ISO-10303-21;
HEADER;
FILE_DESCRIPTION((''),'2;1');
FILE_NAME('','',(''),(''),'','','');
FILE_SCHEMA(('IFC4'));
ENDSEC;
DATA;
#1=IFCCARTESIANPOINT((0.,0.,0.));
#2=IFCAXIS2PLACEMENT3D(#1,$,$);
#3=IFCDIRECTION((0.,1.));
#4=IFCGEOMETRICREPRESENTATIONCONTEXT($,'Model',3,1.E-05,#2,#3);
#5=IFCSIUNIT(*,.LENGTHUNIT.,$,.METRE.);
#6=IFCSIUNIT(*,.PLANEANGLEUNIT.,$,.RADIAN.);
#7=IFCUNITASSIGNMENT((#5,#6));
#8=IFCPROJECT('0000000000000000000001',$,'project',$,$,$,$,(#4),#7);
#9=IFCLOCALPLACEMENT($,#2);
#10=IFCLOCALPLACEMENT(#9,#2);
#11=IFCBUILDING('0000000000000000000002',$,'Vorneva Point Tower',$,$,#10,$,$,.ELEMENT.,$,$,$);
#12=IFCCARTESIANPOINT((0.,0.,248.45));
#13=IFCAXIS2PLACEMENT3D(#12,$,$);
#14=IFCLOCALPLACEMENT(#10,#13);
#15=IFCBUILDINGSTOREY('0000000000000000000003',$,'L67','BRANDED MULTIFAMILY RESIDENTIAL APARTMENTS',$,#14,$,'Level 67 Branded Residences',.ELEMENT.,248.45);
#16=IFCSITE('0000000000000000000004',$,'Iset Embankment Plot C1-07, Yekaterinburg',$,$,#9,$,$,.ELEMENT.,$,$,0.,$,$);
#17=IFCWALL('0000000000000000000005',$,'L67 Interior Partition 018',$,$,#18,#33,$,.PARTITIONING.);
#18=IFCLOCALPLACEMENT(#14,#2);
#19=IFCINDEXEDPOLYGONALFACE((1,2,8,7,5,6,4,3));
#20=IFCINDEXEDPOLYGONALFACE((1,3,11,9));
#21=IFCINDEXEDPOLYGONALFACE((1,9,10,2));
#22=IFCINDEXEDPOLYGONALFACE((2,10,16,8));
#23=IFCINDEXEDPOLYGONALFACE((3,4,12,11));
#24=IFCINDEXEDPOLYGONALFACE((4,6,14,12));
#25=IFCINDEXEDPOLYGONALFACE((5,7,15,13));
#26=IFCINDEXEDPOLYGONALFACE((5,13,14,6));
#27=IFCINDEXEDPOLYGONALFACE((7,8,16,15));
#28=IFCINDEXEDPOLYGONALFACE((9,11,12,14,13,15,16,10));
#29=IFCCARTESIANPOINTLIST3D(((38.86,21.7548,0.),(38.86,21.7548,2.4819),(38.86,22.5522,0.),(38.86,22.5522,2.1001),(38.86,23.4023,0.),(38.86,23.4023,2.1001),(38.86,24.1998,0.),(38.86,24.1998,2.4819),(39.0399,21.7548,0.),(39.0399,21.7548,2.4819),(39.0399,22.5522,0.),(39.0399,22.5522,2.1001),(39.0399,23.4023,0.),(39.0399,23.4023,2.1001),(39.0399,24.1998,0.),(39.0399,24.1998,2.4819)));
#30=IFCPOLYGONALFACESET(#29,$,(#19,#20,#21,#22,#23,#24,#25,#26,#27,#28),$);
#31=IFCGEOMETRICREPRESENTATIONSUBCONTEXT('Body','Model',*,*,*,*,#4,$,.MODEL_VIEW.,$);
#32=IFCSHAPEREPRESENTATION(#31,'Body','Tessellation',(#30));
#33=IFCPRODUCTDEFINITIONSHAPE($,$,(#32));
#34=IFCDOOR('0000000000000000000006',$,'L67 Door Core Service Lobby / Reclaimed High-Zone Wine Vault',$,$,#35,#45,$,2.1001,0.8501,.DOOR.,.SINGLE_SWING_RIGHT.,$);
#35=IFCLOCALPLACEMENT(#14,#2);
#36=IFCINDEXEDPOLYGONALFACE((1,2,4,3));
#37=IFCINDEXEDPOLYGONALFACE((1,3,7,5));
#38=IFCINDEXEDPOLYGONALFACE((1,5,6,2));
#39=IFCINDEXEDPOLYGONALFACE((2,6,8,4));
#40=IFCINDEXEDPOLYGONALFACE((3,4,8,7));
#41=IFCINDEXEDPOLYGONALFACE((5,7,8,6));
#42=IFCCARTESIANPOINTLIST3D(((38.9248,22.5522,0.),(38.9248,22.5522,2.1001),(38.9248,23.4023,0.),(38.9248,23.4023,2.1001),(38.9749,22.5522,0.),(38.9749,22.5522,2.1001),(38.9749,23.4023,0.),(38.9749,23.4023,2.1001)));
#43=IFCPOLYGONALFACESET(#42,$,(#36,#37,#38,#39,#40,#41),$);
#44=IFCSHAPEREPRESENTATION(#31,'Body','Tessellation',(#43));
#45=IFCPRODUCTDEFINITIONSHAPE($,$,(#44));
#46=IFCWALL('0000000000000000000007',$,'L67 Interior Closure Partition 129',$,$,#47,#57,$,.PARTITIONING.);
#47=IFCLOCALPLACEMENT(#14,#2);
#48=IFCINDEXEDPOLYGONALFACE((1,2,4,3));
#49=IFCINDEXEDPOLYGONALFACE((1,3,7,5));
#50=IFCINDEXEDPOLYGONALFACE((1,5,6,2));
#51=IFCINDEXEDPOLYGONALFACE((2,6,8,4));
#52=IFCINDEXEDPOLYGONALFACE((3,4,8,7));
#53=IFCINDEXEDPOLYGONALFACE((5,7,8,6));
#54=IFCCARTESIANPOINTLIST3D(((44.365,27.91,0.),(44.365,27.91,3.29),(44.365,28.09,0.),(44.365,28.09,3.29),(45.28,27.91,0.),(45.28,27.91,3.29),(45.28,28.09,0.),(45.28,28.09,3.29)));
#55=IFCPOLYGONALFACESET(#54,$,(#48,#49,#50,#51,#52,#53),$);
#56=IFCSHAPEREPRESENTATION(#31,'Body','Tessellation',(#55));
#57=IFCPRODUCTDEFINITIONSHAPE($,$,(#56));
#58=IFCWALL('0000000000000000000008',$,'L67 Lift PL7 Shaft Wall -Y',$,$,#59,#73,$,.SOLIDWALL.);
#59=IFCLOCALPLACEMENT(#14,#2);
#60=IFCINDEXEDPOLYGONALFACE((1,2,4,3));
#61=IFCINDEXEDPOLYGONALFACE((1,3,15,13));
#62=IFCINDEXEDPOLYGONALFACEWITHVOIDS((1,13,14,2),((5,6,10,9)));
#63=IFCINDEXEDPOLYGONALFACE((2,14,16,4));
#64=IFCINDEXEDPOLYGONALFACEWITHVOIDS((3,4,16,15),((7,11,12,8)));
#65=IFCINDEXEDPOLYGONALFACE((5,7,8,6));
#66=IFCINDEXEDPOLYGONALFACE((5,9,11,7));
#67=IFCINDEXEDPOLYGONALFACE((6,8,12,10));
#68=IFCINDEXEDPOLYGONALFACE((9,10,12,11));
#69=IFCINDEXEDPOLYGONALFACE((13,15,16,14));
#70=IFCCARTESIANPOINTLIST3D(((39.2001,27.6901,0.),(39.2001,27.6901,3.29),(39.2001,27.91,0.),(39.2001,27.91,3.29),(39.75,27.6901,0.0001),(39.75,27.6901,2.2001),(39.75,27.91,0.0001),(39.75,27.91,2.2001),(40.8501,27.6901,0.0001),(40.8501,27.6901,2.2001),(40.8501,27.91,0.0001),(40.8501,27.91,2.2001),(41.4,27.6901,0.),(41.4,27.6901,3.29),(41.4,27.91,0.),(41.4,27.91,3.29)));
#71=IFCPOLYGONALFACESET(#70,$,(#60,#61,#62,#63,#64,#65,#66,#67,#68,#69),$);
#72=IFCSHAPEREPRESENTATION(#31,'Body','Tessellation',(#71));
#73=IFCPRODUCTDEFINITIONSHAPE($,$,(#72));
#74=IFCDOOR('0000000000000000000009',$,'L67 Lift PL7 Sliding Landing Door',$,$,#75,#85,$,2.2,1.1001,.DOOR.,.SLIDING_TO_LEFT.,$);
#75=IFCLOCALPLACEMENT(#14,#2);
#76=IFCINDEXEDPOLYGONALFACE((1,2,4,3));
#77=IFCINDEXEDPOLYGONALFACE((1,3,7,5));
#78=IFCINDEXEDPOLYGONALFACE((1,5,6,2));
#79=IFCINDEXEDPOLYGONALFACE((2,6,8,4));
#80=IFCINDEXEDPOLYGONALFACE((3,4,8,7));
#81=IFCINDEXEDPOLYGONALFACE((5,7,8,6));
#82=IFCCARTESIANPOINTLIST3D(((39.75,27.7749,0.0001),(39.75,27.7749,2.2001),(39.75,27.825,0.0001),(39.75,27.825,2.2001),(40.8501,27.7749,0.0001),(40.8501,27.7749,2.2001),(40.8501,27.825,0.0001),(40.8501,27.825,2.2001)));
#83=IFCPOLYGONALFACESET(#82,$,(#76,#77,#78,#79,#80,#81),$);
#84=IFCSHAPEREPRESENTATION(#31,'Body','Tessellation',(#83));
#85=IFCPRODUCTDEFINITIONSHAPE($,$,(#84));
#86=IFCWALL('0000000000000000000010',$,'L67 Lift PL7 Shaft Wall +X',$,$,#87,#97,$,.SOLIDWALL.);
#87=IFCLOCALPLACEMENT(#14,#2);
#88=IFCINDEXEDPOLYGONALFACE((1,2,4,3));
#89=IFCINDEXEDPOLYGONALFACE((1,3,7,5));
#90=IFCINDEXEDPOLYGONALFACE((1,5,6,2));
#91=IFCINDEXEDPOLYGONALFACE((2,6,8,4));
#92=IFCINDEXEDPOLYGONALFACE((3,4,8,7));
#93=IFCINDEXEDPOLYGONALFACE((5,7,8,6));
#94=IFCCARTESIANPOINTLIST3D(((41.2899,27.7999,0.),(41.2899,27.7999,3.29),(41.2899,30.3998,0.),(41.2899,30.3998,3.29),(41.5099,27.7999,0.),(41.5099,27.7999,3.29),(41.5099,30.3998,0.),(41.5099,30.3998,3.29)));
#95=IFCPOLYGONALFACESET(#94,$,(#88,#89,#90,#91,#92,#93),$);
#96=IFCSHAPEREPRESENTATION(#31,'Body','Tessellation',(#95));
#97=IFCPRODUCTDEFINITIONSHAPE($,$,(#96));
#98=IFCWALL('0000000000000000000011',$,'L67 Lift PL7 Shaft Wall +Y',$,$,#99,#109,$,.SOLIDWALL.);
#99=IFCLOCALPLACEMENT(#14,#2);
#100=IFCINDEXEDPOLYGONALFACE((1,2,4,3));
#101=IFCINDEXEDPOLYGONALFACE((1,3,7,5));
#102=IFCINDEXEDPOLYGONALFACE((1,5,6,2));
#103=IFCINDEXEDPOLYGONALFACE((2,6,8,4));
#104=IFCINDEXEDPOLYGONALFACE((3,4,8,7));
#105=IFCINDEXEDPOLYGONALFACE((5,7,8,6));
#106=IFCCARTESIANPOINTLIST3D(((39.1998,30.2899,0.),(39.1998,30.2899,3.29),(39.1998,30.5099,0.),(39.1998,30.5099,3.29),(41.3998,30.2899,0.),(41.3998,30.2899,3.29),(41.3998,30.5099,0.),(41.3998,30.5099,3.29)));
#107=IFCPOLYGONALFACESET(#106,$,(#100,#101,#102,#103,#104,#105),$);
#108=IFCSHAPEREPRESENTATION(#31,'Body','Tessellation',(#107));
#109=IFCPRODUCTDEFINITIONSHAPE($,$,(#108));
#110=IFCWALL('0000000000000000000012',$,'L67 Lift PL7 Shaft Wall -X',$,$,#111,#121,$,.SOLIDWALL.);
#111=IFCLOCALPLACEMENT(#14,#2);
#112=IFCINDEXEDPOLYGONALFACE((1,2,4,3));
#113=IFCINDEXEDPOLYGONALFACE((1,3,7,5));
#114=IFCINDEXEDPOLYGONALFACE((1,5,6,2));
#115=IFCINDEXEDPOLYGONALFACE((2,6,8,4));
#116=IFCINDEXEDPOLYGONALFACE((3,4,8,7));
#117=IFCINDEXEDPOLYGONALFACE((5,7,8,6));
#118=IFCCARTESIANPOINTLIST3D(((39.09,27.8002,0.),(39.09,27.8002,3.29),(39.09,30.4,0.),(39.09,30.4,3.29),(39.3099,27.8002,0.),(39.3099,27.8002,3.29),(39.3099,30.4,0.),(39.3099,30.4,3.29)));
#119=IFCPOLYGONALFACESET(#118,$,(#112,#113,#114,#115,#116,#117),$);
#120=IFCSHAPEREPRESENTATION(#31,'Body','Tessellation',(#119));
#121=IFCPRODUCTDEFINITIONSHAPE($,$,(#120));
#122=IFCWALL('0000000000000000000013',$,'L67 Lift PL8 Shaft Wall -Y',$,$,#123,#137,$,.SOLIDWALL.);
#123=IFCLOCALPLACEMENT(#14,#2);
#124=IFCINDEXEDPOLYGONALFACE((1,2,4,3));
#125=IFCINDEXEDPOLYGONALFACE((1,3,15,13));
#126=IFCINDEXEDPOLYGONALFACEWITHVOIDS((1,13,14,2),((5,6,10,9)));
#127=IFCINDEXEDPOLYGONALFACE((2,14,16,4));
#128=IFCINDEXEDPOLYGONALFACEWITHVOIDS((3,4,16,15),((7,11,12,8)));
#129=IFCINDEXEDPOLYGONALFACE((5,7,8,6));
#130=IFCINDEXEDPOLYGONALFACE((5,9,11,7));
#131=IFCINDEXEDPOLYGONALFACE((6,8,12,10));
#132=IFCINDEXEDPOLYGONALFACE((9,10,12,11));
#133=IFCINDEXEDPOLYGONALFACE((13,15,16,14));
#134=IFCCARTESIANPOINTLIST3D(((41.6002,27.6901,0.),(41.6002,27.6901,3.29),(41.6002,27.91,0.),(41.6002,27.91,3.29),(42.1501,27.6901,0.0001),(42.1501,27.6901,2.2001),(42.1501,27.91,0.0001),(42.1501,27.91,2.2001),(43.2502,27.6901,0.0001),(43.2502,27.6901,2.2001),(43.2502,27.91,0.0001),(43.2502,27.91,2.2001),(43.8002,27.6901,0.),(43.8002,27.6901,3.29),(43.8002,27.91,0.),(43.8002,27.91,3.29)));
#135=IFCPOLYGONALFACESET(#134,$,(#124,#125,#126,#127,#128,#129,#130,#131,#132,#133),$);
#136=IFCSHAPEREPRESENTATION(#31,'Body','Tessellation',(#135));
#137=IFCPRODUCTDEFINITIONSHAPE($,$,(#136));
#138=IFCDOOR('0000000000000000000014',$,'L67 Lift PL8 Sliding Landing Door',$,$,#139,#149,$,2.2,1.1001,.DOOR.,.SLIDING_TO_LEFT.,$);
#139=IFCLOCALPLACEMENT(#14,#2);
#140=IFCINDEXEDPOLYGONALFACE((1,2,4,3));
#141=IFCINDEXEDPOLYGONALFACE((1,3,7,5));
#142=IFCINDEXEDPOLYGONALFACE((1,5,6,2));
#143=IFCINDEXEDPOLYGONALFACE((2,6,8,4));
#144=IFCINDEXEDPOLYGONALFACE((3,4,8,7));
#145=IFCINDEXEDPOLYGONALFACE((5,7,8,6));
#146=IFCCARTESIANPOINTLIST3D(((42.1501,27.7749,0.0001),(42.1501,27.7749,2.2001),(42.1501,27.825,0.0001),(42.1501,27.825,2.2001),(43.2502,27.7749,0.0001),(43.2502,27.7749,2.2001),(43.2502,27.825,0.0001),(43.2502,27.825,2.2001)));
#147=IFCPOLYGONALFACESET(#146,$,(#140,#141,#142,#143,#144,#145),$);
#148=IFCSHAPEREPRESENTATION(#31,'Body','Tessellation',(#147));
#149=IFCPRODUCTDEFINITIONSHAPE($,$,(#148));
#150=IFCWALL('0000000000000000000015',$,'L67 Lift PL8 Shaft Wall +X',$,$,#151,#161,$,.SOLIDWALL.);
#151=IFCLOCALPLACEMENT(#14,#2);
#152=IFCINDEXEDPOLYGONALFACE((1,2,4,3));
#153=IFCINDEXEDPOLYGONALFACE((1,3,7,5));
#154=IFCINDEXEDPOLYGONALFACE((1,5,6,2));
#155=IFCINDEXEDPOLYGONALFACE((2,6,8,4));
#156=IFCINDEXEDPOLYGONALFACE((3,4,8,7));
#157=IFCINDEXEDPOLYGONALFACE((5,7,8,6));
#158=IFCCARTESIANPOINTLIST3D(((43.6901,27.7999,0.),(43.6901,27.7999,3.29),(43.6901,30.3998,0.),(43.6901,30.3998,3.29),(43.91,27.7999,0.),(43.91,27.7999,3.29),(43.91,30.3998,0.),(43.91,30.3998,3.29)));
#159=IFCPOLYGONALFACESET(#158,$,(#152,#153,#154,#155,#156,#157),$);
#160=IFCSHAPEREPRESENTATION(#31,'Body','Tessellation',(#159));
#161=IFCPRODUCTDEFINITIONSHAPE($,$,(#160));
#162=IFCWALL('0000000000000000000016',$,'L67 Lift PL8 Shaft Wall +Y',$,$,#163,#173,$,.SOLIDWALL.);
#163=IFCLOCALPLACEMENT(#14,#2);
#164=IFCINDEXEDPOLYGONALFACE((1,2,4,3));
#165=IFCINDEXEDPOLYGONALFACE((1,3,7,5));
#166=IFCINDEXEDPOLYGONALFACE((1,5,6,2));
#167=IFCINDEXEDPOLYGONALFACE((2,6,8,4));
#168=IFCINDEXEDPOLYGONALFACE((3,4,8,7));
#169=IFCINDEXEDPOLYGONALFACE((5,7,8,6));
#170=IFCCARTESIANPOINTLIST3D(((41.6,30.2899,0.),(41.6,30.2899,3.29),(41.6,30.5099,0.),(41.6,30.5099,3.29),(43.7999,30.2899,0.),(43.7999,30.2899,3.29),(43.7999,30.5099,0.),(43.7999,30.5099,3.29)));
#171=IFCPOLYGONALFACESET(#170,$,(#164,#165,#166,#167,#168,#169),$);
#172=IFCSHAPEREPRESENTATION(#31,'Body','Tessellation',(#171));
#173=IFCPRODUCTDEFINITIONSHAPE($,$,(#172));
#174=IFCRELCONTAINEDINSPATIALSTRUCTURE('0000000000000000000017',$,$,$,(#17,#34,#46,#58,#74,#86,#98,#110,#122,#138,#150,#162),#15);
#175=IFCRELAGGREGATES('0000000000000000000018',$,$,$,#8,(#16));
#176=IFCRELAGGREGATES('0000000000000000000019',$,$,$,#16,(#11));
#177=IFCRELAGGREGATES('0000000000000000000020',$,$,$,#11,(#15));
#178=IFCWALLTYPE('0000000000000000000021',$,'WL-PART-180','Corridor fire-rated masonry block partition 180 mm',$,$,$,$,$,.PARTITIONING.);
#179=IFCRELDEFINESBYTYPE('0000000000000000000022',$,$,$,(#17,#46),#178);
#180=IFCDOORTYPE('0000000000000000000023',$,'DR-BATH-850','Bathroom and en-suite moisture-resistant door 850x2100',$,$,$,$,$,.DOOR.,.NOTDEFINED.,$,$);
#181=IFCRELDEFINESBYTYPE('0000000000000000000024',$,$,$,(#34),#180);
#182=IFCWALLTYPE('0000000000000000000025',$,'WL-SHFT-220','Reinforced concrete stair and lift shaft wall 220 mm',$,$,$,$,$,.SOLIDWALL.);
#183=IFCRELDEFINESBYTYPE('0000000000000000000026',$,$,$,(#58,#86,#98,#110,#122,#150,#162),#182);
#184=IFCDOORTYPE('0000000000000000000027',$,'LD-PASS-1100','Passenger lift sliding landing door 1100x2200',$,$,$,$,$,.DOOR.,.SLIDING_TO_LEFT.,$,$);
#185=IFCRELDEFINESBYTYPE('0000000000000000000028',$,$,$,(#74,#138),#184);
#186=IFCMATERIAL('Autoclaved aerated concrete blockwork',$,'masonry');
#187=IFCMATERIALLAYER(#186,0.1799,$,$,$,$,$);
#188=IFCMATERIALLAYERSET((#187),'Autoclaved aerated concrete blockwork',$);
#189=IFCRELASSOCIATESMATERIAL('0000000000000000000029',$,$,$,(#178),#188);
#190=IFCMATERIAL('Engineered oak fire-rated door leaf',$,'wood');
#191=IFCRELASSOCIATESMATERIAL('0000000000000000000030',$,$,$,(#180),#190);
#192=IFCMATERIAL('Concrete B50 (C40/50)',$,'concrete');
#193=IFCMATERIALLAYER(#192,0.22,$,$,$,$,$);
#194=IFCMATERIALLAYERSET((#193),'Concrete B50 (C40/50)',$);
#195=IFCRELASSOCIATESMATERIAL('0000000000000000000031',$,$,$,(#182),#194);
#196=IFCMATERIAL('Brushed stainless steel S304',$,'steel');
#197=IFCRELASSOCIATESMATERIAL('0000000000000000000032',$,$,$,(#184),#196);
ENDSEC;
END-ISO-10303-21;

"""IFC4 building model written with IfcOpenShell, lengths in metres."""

from ifc_helpers import new_model, si_unit, direction, frame, frame_2d, origin, place, context, subcontext, project, spatial, rectangle, extrude, material, layer, layer_set, type_object, element, fill, save


model = new_model("IFC4")

# Units and contexts
model_context = context("Model", 3, precision=1e-05, world=origin(), true_north=direction((0.0, 1.0)))
body_context = subcontext(model_context, "Body", "Model", "MODEL_VIEW")
ifc_project = project(units=[si_unit("LENGTHUNIT", "METRE"), si_unit("PLANEANGLEUNIT", "RADIAN")], contexts=[model_context])

# Site, building, storey
site_placement = place(None, origin())
site = spatial("IfcSite", under=ifc_project, at=site_placement, Name="Iset Embankment Plot C1-07, Yekaterinburg", CompositionType="ELEMENT", RefElevation=0.0)
building_placement = place(site_placement, origin())
building = spatial("IfcBuilding", under=site, at=building_placement, Name="Vorneva Point Tower", CompositionType="ELEMENT")
storey_placement = place(building_placement, frame((0.0, 0.0, 248.45)))
storey = spatial("IfcBuildingStorey", under=building, at=storey_placement, Name="L67", Description="BRANDED MULTIFAMILY RESIDENTIAL APARTMENTS", LongName="Level 67 Branded Residences", CompositionType="ELEMENT", Elevation=248.45)

# Shared definitions
ifc_material_1 = material(Name="Concrete B50 (C40/50)", Category="concrete")

# Shared definitions
ifc_material_2 = material(Name="Brushed stainless steel S304", Category="steel")

# Wall, opening, door
ifc_material_3 = material(Name="Autoclaved aerated concrete blockwork", Category="masonry")
ifc_layer_1 = layer(ifc_material_3, 0.1799)
ifc_layer_set_1 = layer_set([ifc_layer_1], Name="Autoclaved aerated concrete blockwork")
wall_type_1 = type_object("IfcWallType", Name="WL-PART-180", Description="Corridor fire-rated masonry block partition 180 mm", PredefinedType="PARTITIONING", material=ifc_layer_set_1)
ifc_material_4 = material(Name="Engineered oak fire-rated door leaf", Category="wood")
door_type_1 = type_object("IfcDoorType", Name="DR-BATH-850", Description="Bathroom and en-suite moisture-resistant door 850x2100", OperationType="NOTDEFINED", PredefinedType="DOOR", material=ifc_material_4)
wall_1_placement = place(storey_placement, frame((38.95, 24.2, 0.0), z_axis=(0.0, 0.0, 1.0), x_axis=(0.0, -1.0, 0.0)))
wall_1 = element("IfcWall", 1, at=wall_1_placement, inside=storey, type_object=wall_type_1, Name="L67 Interior Partition 018", PredefinedType="PARTITIONING", context=body_context, shape_type="SweptSolid", body=[
    extrude(rectangle(XDim=2.4451, YDim=0.1799, at=frame_2d((1.2227, 0.0))), origin(), (0.0, 0.0, 1.0), 2.4819),
])
opening_1_placement = place(wall_1_placement, frame((0.7976, 0.0, 0.0)))
opening_1 = element("IfcOpeningElement", 2, at=opening_1_placement, cuts=wall_1, PredefinedType="OPENING", context=body_context, shape_type="SweptSolid", body=[
    extrude(rectangle(XDim=0.8501, YDim=2.1001, at=frame_2d((0.425, 1.05))), frame((0.0, 0.105, 0.0), z_axis=(0.0, -1.0, 0.0), x_axis=(1.0, 0.0, 0.0)), (0.0, 0.0, 1.0), 0.2097),
])
door_1_placement = place(opening_1_placement, origin())
door_1 = element("IfcDoor", 3, at=door_1_placement, inside=storey, type_object=door_type_1, Name="L67 Door Core Service Lobby / Reclaimed High-Zone Wine Vault", OperationType="SINGLE_SWING_RIGHT", OverallHeight=2.1001, OverallWidth=0.8501, PredefinedType="DOOR", context=body_context, shape_type="SweptSolid", body=[
    extrude(rectangle(XDim=0.8501, YDim=2.1001, at=frame_2d((0.425, 1.05))), frame((0.0, 0.0249, 0.0), z_axis=(0.0, -1.0, 0.0), x_axis=(1.0, 0.0, 0.0)), (0.0, 0.0, 1.0), 0.05),
])
fill(opening_1, door_1)

# Wall
wall_2_placement = place(storey_placement, frame((45.28, 28.0, 0.0), z_axis=(0.0, 0.0, 1.0), x_axis=(-1.0, 0.0, 0.0)))
element("IfcWall", 4, at=wall_2_placement, inside=storey, type_object=wall_type_1, Name="L67 Interior Closure Partition 129", PredefinedType="PARTITIONING", context=body_context, shape_type="SweptSolid", body=[
    extrude(rectangle(XDim=0.915, YDim=0.1799, at=frame_2d((0.4575, 0.0))), origin(), (0.0, 0.0, 1.0), 3.29),
])

# Wall, opening, door
ifc_layer_2 = layer(ifc_material_1, 0.22)
ifc_layer_set_2 = layer_set([ifc_layer_2], Name="Concrete B50 (C40/50)")
wall_type_2 = type_object("IfcWallType", Name="WL-SHFT-220", Description="Reinforced concrete stair and lift shaft wall 220 mm", PredefinedType="SOLIDWALL", material=ifc_layer_set_2)
wall_3_placement = place(storey_placement, frame((39.2, 27.8, 0.0), z_axis=(0.0, 0.0, 1.0), x_axis=(1.0, 0.0, 0.0)))
wall_3 = element("IfcWall", 5, at=wall_3_placement, inside=storey, type_object=wall_type_2, Name="L67 Lift PL7 Shaft Wall -Y", PredefinedType="SOLIDWALL", context=body_context, shape_type="SweptSolid", body=[
    extrude(rectangle(XDim=2.2, YDim=0.22, at=frame_2d((1.1001, 0.0))), origin(), (0.0, 0.0, 1.0), 3.29),
])
opening_2_placement = place(wall_3_placement, frame((0.55, 0.0, 0.0)))
opening_2 = element("IfcOpeningElement", 6, at=opening_2_placement, cuts=wall_3, PredefinedType="OPENING", context=body_context, shape_type="SweptSolid", body=[
    extrude(rectangle(XDim=1.1001, YDim=2.2, at=frame_2d((0.55, 1.1001))), frame((0.0, 0.125, 0.0), z_axis=(0.0, -1.0, 0.0), x_axis=(1.0, 0.0, 0.0)), (0.0, 0.0, 1.0), 0.2498),
])
door_type_2 = type_object("IfcDoorType", Name="LD-PASS-1100", Description="Passenger lift sliding landing door 1100x2200", OperationType="SLIDING_TO_LEFT", PredefinedType="DOOR", material=ifc_material_2)
door_2_placement = place(opening_2_placement, origin())
door_2 = element("IfcDoor", 7, at=door_2_placement, inside=storey, type_object=door_type_2, Name="L67 Lift PL7 Sliding Landing Door", OperationType="SLIDING_TO_LEFT", OverallHeight=2.2, OverallWidth=1.1001, PredefinedType="DOOR", context=body_context, shape_type="SweptSolid", body=[
    extrude(rectangle(XDim=1.1001, YDim=2.2, at=frame_2d((0.55, 1.1001))), frame((0.0, 0.0249, 0.0), z_axis=(0.0, -1.0, 0.0), x_axis=(1.0, 0.0, 0.0)), (0.0, 0.0, 1.0), 0.05),
])
fill(opening_2, door_2)

# Walls
wall_4_placement = place(storey_placement, frame((41.3999, 27.8, 0.0), z_axis=(0.0, 0.0, 1.0), x_axis=(0.0, 1.0, 0.0)))
element("IfcWall", 8, at=wall_4_placement, inside=storey, type_object=wall_type_2, Name="L67 Lift PL7 Shaft Wall +X", PredefinedType="SOLIDWALL", context=body_context, shape_type="SweptSolid", body=[
    extrude(rectangle(XDim=2.5999, YDim=0.22, at=frame_2d((1.2998, 0.0))), origin(), (0.0, 0.0, 1.0), 3.29),
])
wall_5_placement = place(storey_placement, frame((41.3999, 30.3999, 0.0), z_axis=(0.0, 0.0, 1.0), x_axis=(-1.0, 0.0, 0.0)))
element("IfcWall", 9, at=wall_5_placement, inside=storey, type_object=wall_type_2, Name="L67 Lift PL7 Shaft Wall +Y", PredefinedType="SOLIDWALL", context=body_context, shape_type="SweptSolid", body=[
    extrude(rectangle(XDim=2.2, YDim=0.22, at=frame_2d((1.1001, 0.0))), origin(), (0.0, 0.0, 1.0), 3.29),
])
wall_6_placement = place(storey_placement, frame((39.2, 30.3999, 0.0), z_axis=(0.0, 0.0, 1.0), x_axis=(0.0, -1.0, 0.0)))
element("IfcWall", 10, at=wall_6_placement, inside=storey, type_object=wall_type_2, Name="L67 Lift PL7 Shaft Wall -X", PredefinedType="SOLIDWALL", context=body_context, shape_type="SweptSolid", body=[
    extrude(rectangle(XDim=2.5999, YDim=0.22, at=frame_2d((1.2998, 0.0))), origin(), (0.0, 0.0, 1.0), 3.29),
])

# Wall, opening, door
wall_7_placement = place(storey_placement, frame((41.6001, 27.8, 0.0), z_axis=(0.0, 0.0, 1.0), x_axis=(1.0, 0.0, 0.0)))
wall_7 = element("IfcWall", 11, at=wall_7_placement, inside=storey, type_object=wall_type_2, Name="L67 Lift PL8 Shaft Wall -Y", PredefinedType="SOLIDWALL", context=body_context, shape_type="SweptSolid", body=[
    extrude(rectangle(XDim=2.2, YDim=0.22, at=frame_2d((1.1001, 0.0))), origin(), (0.0, 0.0, 1.0), 3.29),
])
opening_3_placement = place(wall_7_placement, frame((0.55, 0.0, 0.0)))
opening_3 = element("IfcOpeningElement", 12, at=opening_3_placement, cuts=wall_7, PredefinedType="OPENING", context=body_context, shape_type="SweptSolid", body=[
    extrude(rectangle(XDim=1.1001, YDim=2.2, at=frame_2d((0.55, 1.1001))), frame((0.0, 0.125, 0.0), z_axis=(0.0, -1.0, 0.0), x_axis=(1.0, 0.0, 0.0)), (0.0, 0.0, 1.0), 0.2498),
])
door_3_placement = place(opening_3_placement, origin())
door_3 = element("IfcDoor", 13, at=door_3_placement, inside=storey, type_object=door_type_2, Name="L67 Lift PL8 Sliding Landing Door", OperationType="SLIDING_TO_LEFT", OverallHeight=2.2, OverallWidth=1.1001, PredefinedType="DOOR", context=body_context, shape_type="SweptSolid", body=[
    extrude(rectangle(XDim=1.1001, YDim=2.2, at=frame_2d((0.55, 1.1001))), frame((0.0, 0.0249, 0.0), z_axis=(0.0, -1.0, 0.0), x_axis=(1.0, 0.0, 0.0)), (0.0, 0.0, 1.0), 0.05),
])
fill(opening_3, door_3)

# Walls
wall_8_placement = place(storey_placement, frame((43.8, 27.8, 0.0), z_axis=(0.0, 0.0, 1.0), x_axis=(0.0, 1.0, 0.0)))
element("IfcWall", 14, at=wall_8_placement, inside=storey, type_object=wall_type_2, Name="L67 Lift PL8 Shaft Wall +X", PredefinedType="SOLIDWALL", context=body_context, shape_type="SweptSolid", body=[
    extrude(rectangle(XDim=2.5999, YDim=0.22, at=frame_2d((1.2998, 0.0))), origin(), (0.0, 0.0, 1.0), 3.29),
])
wall_9_placement = place(storey_placement, frame((43.8, 30.3999, 0.0), z_axis=(0.0, 0.0, 1.0), x_axis=(-1.0, 0.0, 0.0)))
element("IfcWall", 15, at=wall_9_placement, inside=storey, type_object=wall_type_2, Name="L67 Lift PL8 Shaft Wall +Y", PredefinedType="SOLIDWALL", context=body_context, shape_type="SweptSolid", body=[
    extrude(rectangle(XDim=2.2, YDim=0.22, at=frame_2d((1.1001, 0.0))), origin(), (0.0, 0.0, 1.0), 3.29),
])

save(model, "model.ifc")
